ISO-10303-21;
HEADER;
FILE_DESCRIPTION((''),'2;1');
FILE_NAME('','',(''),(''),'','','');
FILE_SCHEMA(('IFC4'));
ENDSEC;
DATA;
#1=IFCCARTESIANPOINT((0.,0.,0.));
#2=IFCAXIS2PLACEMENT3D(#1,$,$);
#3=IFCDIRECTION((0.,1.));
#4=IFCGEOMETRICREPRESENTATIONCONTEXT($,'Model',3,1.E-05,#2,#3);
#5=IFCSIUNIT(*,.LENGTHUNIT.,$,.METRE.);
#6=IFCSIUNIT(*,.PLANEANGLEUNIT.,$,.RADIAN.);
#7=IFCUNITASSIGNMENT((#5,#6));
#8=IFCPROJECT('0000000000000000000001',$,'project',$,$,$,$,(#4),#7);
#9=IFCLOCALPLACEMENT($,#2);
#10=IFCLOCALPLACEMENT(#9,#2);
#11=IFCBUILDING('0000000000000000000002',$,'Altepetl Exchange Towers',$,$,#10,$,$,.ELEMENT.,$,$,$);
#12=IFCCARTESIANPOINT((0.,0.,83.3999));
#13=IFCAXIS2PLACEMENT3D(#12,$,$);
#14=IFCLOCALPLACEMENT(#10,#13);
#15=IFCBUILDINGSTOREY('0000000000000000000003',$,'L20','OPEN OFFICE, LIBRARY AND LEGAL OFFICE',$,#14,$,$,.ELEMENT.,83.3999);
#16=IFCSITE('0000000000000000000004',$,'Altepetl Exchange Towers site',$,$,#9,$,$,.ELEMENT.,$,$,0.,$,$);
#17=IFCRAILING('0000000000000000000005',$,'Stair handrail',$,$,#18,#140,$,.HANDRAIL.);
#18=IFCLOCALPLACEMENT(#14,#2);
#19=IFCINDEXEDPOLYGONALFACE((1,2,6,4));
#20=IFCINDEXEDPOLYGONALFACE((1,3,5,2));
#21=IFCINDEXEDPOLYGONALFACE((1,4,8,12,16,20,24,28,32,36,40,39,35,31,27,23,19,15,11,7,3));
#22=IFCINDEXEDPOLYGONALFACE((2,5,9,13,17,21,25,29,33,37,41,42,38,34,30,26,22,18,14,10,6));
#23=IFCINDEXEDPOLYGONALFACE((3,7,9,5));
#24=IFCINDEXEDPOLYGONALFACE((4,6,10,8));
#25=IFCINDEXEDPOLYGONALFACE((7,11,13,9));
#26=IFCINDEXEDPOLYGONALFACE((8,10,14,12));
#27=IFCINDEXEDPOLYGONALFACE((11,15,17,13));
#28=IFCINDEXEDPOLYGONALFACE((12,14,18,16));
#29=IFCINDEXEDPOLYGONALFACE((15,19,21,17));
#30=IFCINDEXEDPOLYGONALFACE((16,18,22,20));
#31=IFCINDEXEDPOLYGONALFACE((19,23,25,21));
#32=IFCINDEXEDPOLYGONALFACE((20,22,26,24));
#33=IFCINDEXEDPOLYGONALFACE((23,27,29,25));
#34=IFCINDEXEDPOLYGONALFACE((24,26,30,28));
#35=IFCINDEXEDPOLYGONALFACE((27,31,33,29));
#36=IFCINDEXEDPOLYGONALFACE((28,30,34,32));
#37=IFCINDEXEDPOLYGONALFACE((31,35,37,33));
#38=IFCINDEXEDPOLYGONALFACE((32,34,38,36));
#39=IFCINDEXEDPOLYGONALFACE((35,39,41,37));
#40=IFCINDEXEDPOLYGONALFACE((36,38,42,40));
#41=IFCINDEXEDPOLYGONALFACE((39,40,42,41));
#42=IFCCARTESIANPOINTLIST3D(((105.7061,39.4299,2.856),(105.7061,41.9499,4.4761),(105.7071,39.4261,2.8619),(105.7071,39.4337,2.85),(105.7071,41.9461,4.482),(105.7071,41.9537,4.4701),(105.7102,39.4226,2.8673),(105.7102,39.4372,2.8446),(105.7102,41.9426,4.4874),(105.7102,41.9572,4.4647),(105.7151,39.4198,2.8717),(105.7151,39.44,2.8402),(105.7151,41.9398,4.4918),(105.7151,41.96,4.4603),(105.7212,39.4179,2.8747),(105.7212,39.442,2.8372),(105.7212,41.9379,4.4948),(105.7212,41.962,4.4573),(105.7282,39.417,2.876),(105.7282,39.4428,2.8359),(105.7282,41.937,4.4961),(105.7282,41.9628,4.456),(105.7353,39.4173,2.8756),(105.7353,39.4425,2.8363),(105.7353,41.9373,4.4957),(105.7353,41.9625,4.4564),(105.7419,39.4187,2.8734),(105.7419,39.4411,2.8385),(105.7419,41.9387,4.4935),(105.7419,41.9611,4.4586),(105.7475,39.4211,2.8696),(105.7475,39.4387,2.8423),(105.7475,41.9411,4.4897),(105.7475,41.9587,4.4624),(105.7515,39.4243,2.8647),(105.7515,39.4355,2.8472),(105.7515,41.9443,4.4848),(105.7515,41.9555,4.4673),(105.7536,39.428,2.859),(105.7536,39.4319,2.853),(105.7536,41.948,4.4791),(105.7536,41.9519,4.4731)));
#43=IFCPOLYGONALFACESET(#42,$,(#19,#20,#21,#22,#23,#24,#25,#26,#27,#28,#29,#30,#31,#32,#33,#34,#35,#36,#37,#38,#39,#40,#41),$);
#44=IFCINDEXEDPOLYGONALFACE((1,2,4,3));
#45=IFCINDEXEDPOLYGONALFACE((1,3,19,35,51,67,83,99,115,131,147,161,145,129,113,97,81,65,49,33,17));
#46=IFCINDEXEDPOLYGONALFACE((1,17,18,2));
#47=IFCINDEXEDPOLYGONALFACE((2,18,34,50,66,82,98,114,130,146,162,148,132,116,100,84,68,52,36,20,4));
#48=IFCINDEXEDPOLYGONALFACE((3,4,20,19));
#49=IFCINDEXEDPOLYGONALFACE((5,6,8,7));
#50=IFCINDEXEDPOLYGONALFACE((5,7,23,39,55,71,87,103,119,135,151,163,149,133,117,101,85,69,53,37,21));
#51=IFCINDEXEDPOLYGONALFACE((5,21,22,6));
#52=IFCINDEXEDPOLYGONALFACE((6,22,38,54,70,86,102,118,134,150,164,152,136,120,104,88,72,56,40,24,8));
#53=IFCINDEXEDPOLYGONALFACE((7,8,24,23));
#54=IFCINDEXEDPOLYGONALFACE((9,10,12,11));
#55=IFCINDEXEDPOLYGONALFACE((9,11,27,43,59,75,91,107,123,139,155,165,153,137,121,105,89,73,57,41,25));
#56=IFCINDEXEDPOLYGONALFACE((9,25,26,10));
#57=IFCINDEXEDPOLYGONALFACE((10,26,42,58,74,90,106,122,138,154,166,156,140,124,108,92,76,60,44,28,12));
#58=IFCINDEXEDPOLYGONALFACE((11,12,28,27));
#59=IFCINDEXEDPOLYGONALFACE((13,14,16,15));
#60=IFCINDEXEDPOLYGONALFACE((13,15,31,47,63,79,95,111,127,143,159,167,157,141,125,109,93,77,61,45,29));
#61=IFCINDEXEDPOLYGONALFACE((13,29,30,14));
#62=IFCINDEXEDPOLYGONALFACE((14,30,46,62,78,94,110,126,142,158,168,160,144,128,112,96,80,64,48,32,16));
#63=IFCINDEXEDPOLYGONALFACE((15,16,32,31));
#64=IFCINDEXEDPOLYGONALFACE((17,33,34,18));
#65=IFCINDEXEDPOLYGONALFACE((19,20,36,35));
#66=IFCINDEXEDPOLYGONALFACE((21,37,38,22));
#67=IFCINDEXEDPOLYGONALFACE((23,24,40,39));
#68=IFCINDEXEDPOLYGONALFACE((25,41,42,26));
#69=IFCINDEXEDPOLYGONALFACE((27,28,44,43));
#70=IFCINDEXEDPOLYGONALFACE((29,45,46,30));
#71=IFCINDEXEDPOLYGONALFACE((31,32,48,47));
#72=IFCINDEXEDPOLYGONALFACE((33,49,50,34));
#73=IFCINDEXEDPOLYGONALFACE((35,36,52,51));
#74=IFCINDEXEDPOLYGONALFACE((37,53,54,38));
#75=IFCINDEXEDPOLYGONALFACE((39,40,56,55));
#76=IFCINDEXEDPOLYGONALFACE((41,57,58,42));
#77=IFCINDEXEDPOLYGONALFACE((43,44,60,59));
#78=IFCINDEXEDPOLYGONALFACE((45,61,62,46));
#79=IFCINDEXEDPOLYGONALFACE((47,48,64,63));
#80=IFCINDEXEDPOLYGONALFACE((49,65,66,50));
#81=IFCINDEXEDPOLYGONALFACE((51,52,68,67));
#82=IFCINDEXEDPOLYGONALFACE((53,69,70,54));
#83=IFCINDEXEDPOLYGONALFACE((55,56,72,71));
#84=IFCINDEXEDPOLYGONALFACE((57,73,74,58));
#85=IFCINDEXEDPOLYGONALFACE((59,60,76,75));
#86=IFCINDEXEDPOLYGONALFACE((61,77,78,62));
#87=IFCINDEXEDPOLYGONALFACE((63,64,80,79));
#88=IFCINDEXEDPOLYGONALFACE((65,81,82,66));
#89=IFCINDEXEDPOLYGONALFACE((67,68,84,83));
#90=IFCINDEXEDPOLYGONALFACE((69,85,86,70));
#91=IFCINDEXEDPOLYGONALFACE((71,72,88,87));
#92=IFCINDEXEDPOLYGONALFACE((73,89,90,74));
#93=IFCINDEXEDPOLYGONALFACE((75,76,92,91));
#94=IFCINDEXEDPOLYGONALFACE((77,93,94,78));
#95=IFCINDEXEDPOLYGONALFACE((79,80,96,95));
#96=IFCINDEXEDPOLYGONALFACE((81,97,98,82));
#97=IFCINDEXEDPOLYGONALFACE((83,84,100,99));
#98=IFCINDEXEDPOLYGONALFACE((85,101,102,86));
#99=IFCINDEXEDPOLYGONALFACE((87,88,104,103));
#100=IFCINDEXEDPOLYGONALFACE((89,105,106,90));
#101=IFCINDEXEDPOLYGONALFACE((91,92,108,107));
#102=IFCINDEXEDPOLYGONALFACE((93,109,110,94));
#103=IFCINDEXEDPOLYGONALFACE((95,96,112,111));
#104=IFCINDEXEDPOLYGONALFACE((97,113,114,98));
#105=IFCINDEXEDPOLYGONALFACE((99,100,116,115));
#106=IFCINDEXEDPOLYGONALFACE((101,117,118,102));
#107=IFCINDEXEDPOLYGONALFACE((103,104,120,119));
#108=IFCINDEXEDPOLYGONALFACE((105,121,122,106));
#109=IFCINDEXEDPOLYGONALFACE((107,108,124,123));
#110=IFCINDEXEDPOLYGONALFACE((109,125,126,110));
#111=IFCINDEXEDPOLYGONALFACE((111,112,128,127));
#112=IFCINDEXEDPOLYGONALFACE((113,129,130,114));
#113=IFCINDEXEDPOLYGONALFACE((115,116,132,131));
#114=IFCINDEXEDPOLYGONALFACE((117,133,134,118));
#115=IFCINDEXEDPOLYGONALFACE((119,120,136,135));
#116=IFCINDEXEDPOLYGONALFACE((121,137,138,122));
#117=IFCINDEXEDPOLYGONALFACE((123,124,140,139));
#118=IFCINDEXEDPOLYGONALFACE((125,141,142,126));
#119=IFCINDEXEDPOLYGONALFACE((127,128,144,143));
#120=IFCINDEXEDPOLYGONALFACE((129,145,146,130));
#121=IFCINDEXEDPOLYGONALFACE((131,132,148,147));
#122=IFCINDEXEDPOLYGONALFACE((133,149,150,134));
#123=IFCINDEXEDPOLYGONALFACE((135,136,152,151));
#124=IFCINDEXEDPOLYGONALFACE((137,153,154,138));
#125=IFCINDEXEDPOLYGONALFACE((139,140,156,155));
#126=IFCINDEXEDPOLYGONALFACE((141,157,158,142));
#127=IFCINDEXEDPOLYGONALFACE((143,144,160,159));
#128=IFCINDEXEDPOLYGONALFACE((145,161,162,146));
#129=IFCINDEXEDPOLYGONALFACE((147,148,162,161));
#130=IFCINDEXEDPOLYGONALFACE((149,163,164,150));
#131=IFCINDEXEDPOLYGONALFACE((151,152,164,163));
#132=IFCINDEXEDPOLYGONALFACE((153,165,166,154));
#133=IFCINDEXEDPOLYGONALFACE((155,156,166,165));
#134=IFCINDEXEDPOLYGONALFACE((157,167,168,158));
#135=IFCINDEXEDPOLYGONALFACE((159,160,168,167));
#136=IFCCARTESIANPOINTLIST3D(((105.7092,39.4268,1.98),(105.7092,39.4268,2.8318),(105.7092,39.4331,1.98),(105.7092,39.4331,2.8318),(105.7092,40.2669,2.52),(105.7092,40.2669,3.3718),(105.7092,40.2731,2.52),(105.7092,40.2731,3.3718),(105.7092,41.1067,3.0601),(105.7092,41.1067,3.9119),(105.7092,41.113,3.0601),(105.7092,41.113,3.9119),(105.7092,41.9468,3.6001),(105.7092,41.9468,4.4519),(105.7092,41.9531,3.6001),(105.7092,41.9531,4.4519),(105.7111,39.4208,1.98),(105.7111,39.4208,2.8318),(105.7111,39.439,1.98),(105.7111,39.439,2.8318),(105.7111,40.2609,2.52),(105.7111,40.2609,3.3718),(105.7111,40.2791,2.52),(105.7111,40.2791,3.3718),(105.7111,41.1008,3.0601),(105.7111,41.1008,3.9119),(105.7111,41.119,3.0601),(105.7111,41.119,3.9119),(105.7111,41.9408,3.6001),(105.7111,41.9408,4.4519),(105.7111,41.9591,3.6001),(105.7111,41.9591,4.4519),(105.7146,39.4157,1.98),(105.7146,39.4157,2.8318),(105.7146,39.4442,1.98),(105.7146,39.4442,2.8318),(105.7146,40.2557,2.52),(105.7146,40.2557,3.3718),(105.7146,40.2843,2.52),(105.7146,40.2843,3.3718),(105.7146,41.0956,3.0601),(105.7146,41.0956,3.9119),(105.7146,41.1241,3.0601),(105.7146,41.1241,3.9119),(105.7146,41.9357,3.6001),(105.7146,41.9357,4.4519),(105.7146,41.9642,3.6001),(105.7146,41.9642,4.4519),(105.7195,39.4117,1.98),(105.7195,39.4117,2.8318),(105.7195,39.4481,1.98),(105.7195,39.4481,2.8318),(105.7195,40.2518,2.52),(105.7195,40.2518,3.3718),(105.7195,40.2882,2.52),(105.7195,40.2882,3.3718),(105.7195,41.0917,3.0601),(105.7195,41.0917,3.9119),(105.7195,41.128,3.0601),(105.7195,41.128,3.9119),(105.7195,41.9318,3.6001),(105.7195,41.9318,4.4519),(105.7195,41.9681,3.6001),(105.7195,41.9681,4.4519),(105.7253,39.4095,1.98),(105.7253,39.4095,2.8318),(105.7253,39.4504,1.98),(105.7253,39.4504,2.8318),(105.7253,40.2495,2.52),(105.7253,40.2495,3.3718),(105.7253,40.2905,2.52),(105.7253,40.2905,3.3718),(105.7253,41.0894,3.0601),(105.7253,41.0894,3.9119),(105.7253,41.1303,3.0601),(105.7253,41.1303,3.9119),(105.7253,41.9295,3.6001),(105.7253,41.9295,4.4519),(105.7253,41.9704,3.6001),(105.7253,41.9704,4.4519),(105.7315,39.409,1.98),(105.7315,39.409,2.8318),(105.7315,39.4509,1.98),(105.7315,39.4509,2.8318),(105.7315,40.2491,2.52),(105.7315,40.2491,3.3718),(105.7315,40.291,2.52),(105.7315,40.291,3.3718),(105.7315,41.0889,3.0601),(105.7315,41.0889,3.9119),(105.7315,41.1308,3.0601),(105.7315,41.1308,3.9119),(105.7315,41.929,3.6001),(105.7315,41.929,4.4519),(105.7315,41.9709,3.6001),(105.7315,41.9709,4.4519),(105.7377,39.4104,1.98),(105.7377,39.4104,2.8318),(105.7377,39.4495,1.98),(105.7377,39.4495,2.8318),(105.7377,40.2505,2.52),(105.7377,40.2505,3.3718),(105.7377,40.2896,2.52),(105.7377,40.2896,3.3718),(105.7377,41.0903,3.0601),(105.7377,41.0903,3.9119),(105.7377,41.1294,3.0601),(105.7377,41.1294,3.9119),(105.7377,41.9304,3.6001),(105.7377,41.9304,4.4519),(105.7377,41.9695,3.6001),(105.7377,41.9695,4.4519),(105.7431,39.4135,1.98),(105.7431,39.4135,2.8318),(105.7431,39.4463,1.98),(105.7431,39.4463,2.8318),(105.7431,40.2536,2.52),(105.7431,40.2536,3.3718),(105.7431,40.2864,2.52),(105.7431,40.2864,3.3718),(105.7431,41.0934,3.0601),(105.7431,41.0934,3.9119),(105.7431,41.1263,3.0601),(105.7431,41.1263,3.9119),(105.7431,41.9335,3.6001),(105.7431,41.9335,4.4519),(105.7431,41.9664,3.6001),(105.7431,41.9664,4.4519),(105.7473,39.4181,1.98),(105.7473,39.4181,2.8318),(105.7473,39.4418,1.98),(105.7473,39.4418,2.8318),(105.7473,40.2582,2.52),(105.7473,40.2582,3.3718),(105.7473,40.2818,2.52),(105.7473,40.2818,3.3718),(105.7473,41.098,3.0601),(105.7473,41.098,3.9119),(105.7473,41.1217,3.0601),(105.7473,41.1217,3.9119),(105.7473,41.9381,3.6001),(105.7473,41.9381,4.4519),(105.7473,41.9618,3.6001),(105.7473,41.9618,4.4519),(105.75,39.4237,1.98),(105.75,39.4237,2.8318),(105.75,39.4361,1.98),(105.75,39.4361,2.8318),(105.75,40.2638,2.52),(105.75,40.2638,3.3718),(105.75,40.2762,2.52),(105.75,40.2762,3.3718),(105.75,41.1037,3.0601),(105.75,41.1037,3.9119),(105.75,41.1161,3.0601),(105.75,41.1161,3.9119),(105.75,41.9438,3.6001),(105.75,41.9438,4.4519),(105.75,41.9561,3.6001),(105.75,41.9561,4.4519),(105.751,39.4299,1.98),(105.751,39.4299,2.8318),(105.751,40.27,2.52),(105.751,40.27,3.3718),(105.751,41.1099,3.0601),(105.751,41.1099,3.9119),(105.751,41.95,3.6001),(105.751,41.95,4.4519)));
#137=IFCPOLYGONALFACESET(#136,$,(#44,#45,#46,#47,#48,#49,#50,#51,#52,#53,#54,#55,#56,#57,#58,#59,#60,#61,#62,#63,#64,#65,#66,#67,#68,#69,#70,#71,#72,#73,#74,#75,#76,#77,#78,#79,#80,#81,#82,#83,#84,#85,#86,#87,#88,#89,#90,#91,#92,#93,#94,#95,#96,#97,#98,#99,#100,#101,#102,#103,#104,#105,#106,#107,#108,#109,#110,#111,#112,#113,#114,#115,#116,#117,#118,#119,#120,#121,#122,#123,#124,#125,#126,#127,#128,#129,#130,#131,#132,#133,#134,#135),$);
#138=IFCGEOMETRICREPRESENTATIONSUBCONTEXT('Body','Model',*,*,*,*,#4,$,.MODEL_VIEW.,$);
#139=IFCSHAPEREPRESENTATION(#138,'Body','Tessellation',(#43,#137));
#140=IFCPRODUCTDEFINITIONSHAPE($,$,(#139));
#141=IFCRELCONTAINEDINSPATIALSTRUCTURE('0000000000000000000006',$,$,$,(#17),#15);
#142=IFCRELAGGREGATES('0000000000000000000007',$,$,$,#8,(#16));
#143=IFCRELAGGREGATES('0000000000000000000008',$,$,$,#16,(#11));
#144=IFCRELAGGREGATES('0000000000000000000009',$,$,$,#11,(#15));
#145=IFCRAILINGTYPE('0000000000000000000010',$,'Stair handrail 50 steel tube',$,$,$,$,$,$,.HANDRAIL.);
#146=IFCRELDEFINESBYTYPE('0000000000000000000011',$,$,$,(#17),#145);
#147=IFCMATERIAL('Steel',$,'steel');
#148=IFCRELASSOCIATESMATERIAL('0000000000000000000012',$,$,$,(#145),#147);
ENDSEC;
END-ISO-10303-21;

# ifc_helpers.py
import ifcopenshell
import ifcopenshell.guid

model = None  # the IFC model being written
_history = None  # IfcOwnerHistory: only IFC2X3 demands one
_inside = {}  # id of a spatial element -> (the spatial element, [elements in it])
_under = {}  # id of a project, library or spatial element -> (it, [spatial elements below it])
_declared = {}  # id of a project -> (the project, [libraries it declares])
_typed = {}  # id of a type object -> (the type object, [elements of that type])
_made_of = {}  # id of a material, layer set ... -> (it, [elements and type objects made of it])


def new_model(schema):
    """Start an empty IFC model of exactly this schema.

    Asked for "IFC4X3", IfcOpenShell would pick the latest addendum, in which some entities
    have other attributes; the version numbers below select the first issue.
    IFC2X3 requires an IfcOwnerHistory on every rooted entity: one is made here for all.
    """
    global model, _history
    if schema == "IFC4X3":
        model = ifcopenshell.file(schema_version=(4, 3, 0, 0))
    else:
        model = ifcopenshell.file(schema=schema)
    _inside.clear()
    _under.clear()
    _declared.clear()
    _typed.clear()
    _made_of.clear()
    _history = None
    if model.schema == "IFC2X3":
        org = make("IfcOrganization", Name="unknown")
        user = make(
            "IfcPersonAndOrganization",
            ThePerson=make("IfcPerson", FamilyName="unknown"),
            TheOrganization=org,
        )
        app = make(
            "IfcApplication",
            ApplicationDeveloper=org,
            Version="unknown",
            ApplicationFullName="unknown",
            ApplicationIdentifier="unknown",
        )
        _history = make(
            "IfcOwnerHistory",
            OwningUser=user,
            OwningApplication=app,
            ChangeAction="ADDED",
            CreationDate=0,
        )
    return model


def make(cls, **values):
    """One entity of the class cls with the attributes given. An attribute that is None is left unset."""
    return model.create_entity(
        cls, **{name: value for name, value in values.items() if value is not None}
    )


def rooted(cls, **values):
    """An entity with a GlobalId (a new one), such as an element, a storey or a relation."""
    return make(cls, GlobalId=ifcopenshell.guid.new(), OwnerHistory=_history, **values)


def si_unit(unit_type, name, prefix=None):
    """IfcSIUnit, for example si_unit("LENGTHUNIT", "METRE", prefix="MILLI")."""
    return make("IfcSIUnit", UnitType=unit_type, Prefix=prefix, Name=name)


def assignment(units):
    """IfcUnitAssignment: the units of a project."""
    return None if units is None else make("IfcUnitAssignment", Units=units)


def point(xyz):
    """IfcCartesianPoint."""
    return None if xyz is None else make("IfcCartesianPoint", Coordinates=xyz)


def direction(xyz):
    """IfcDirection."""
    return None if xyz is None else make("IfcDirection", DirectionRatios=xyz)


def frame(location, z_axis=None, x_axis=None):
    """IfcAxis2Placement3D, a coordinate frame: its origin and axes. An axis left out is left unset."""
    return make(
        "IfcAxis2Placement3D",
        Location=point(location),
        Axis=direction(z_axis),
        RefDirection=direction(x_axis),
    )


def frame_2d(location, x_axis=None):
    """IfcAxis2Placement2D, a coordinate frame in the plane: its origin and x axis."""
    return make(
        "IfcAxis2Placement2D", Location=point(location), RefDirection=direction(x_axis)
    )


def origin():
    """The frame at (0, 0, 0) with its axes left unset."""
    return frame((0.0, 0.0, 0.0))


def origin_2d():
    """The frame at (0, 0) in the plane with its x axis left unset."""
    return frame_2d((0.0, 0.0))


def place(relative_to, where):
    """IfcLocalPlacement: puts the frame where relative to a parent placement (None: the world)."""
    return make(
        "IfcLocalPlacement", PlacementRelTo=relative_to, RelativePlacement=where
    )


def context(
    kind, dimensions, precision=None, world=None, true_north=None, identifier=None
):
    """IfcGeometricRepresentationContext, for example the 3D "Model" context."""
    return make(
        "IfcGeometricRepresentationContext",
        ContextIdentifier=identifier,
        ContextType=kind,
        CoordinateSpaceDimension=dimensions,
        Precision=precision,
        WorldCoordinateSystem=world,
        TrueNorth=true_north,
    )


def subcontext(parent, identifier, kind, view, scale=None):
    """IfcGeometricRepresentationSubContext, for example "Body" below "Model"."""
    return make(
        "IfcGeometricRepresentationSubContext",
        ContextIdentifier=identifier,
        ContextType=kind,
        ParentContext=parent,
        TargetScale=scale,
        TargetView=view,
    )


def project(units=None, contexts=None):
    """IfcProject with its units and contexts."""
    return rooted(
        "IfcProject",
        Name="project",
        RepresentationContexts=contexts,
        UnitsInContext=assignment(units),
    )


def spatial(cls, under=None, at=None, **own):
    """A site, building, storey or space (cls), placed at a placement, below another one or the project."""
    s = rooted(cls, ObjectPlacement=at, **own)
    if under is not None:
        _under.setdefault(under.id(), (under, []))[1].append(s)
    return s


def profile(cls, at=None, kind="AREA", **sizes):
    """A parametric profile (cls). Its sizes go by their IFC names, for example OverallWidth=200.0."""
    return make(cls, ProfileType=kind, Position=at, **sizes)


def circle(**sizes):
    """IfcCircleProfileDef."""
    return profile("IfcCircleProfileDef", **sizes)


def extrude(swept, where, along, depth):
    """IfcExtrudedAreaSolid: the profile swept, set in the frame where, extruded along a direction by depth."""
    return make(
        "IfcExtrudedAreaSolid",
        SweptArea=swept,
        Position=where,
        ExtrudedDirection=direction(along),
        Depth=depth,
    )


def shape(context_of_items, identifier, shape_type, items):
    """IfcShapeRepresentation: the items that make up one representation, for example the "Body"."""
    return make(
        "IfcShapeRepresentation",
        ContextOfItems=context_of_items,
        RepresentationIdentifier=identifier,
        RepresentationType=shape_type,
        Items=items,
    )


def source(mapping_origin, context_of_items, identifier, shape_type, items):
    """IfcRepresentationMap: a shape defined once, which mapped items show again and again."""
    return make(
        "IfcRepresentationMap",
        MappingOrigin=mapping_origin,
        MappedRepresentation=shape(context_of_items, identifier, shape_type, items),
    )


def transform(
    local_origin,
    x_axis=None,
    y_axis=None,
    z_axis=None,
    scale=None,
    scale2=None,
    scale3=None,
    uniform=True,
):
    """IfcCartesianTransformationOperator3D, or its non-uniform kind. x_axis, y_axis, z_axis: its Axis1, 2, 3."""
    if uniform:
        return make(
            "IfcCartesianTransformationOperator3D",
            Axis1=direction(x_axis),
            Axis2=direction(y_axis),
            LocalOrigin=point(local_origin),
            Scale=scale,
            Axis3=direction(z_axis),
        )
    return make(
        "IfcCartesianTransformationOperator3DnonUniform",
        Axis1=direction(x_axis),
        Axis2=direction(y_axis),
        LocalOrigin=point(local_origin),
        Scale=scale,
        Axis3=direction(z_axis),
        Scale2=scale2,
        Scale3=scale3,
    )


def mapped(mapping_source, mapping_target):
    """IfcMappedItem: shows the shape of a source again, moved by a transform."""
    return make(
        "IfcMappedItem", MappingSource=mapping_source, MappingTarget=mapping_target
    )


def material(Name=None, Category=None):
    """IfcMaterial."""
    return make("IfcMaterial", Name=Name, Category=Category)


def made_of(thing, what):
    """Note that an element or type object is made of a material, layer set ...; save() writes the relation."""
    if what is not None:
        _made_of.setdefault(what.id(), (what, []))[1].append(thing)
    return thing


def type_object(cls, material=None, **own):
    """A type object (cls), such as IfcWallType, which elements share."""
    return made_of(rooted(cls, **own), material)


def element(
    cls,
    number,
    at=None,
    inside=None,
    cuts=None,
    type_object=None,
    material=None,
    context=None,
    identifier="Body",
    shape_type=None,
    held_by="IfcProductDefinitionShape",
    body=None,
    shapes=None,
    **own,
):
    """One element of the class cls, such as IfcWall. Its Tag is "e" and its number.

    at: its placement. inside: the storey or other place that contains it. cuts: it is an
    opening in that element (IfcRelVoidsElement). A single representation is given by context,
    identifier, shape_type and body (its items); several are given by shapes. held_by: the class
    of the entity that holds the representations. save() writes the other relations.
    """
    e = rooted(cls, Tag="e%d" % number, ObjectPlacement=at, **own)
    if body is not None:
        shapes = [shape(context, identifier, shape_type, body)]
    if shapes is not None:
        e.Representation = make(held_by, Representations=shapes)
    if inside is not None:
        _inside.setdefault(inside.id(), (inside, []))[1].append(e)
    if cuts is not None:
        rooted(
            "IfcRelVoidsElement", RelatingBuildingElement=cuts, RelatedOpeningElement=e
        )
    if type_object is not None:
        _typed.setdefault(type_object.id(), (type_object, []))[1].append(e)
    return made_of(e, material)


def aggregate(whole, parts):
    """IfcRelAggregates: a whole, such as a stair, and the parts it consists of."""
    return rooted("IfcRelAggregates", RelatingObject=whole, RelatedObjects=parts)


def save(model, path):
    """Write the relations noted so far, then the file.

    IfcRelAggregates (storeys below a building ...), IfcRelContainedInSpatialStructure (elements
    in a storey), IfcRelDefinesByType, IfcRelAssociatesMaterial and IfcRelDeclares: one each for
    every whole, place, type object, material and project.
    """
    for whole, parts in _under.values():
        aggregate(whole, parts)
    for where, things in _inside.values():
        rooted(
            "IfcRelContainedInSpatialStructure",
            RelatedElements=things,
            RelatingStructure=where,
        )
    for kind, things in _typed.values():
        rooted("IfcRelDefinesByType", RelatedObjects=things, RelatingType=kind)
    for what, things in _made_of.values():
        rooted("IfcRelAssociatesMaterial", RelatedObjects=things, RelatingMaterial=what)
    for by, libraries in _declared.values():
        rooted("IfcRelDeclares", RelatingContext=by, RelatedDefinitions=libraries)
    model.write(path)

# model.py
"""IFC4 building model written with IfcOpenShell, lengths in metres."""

from ifc_helpers import new_model, si_unit, direction, frame, origin, origin_2d, place, context, subcontext, project, spatial, circle, extrude, source, transform, mapped, material, type_object, element, save


model = new_model("IFC4")

# Units and contexts
model_context = context("Model", 3, precision=1e-05, world=origin(), true_north=direction((0.0, 1.0)))
body_context = subcontext(model_context, "Body", "Model", "MODEL_VIEW")
ifc_project = project(units=[si_unit("LENGTHUNIT", "METRE"), si_unit("PLANEANGLEUNIT", "RADIAN")], contexts=[model_context])

# Site, building, storey
site_placement = place(None, origin())
site = spatial("IfcSite", under=ifc_project, at=site_placement, Name="Altepetl Exchange Towers site", CompositionType="ELEMENT", RefElevation=0.0)
building_placement = place(site_placement, origin())
building = spatial("IfcBuilding", under=site, at=building_placement, Name="Altepetl Exchange Towers", CompositionType="ELEMENT")
storey_placement = place(building_placement, frame((0.0, 0.0, 83.3999)))
storey = spatial("IfcBuildingStorey", under=building, at=storey_placement, Name="L20", Description="OPEN OFFICE, LIBRARY AND LEGAL OFFICE", CompositionType="ELEMENT", Elevation=83.3999)

# Railing
ifc_material_1 = material(Name="Steel", Category="steel")
railing_type = type_object("IfcRailingType", Name="Stair handrail 50 steel tube", PredefinedType="HANDRAIL", material=ifc_material_1)
shared_shape = source(origin(), body_context, "Body", "SweptSolid", [
    extrude(circle(Radius=0.021, at=origin_2d()), origin(), (0.0, 0.0, 1.0), 0.8518),
])
railing_placement = place(storey_placement, frame((105.73, 39.4299, 1.98)))
element("IfcRailing", 1, at=railing_placement, inside=storey, type_object=railing_type, Name="Stair handrail", PredefinedType="HANDRAIL", context=body_context, shape_type="SweptSolid", body=[
    extrude(circle(Radius=0.0239, at=origin_2d()), frame((0.0, 0.0, 0.876), z_axis=(0.0, 0.841163, 0.540782), x_axis=(-1.0, 0.0, 0.0)), (0.0, 0.0, 1.0), 2.9958),
    mapped(shared_shape, transform((0.0, 0.0, 0.0))),
    mapped(shared_shape, transform((0.0, 0.8401, 0.54))),
    mapped(shared_shape, transform((0.0, 1.6799, 1.0801))),
    mapped(shared_shape, transform((0.0, 2.52, 1.6201))),
])

save(model, "model.ifc")
